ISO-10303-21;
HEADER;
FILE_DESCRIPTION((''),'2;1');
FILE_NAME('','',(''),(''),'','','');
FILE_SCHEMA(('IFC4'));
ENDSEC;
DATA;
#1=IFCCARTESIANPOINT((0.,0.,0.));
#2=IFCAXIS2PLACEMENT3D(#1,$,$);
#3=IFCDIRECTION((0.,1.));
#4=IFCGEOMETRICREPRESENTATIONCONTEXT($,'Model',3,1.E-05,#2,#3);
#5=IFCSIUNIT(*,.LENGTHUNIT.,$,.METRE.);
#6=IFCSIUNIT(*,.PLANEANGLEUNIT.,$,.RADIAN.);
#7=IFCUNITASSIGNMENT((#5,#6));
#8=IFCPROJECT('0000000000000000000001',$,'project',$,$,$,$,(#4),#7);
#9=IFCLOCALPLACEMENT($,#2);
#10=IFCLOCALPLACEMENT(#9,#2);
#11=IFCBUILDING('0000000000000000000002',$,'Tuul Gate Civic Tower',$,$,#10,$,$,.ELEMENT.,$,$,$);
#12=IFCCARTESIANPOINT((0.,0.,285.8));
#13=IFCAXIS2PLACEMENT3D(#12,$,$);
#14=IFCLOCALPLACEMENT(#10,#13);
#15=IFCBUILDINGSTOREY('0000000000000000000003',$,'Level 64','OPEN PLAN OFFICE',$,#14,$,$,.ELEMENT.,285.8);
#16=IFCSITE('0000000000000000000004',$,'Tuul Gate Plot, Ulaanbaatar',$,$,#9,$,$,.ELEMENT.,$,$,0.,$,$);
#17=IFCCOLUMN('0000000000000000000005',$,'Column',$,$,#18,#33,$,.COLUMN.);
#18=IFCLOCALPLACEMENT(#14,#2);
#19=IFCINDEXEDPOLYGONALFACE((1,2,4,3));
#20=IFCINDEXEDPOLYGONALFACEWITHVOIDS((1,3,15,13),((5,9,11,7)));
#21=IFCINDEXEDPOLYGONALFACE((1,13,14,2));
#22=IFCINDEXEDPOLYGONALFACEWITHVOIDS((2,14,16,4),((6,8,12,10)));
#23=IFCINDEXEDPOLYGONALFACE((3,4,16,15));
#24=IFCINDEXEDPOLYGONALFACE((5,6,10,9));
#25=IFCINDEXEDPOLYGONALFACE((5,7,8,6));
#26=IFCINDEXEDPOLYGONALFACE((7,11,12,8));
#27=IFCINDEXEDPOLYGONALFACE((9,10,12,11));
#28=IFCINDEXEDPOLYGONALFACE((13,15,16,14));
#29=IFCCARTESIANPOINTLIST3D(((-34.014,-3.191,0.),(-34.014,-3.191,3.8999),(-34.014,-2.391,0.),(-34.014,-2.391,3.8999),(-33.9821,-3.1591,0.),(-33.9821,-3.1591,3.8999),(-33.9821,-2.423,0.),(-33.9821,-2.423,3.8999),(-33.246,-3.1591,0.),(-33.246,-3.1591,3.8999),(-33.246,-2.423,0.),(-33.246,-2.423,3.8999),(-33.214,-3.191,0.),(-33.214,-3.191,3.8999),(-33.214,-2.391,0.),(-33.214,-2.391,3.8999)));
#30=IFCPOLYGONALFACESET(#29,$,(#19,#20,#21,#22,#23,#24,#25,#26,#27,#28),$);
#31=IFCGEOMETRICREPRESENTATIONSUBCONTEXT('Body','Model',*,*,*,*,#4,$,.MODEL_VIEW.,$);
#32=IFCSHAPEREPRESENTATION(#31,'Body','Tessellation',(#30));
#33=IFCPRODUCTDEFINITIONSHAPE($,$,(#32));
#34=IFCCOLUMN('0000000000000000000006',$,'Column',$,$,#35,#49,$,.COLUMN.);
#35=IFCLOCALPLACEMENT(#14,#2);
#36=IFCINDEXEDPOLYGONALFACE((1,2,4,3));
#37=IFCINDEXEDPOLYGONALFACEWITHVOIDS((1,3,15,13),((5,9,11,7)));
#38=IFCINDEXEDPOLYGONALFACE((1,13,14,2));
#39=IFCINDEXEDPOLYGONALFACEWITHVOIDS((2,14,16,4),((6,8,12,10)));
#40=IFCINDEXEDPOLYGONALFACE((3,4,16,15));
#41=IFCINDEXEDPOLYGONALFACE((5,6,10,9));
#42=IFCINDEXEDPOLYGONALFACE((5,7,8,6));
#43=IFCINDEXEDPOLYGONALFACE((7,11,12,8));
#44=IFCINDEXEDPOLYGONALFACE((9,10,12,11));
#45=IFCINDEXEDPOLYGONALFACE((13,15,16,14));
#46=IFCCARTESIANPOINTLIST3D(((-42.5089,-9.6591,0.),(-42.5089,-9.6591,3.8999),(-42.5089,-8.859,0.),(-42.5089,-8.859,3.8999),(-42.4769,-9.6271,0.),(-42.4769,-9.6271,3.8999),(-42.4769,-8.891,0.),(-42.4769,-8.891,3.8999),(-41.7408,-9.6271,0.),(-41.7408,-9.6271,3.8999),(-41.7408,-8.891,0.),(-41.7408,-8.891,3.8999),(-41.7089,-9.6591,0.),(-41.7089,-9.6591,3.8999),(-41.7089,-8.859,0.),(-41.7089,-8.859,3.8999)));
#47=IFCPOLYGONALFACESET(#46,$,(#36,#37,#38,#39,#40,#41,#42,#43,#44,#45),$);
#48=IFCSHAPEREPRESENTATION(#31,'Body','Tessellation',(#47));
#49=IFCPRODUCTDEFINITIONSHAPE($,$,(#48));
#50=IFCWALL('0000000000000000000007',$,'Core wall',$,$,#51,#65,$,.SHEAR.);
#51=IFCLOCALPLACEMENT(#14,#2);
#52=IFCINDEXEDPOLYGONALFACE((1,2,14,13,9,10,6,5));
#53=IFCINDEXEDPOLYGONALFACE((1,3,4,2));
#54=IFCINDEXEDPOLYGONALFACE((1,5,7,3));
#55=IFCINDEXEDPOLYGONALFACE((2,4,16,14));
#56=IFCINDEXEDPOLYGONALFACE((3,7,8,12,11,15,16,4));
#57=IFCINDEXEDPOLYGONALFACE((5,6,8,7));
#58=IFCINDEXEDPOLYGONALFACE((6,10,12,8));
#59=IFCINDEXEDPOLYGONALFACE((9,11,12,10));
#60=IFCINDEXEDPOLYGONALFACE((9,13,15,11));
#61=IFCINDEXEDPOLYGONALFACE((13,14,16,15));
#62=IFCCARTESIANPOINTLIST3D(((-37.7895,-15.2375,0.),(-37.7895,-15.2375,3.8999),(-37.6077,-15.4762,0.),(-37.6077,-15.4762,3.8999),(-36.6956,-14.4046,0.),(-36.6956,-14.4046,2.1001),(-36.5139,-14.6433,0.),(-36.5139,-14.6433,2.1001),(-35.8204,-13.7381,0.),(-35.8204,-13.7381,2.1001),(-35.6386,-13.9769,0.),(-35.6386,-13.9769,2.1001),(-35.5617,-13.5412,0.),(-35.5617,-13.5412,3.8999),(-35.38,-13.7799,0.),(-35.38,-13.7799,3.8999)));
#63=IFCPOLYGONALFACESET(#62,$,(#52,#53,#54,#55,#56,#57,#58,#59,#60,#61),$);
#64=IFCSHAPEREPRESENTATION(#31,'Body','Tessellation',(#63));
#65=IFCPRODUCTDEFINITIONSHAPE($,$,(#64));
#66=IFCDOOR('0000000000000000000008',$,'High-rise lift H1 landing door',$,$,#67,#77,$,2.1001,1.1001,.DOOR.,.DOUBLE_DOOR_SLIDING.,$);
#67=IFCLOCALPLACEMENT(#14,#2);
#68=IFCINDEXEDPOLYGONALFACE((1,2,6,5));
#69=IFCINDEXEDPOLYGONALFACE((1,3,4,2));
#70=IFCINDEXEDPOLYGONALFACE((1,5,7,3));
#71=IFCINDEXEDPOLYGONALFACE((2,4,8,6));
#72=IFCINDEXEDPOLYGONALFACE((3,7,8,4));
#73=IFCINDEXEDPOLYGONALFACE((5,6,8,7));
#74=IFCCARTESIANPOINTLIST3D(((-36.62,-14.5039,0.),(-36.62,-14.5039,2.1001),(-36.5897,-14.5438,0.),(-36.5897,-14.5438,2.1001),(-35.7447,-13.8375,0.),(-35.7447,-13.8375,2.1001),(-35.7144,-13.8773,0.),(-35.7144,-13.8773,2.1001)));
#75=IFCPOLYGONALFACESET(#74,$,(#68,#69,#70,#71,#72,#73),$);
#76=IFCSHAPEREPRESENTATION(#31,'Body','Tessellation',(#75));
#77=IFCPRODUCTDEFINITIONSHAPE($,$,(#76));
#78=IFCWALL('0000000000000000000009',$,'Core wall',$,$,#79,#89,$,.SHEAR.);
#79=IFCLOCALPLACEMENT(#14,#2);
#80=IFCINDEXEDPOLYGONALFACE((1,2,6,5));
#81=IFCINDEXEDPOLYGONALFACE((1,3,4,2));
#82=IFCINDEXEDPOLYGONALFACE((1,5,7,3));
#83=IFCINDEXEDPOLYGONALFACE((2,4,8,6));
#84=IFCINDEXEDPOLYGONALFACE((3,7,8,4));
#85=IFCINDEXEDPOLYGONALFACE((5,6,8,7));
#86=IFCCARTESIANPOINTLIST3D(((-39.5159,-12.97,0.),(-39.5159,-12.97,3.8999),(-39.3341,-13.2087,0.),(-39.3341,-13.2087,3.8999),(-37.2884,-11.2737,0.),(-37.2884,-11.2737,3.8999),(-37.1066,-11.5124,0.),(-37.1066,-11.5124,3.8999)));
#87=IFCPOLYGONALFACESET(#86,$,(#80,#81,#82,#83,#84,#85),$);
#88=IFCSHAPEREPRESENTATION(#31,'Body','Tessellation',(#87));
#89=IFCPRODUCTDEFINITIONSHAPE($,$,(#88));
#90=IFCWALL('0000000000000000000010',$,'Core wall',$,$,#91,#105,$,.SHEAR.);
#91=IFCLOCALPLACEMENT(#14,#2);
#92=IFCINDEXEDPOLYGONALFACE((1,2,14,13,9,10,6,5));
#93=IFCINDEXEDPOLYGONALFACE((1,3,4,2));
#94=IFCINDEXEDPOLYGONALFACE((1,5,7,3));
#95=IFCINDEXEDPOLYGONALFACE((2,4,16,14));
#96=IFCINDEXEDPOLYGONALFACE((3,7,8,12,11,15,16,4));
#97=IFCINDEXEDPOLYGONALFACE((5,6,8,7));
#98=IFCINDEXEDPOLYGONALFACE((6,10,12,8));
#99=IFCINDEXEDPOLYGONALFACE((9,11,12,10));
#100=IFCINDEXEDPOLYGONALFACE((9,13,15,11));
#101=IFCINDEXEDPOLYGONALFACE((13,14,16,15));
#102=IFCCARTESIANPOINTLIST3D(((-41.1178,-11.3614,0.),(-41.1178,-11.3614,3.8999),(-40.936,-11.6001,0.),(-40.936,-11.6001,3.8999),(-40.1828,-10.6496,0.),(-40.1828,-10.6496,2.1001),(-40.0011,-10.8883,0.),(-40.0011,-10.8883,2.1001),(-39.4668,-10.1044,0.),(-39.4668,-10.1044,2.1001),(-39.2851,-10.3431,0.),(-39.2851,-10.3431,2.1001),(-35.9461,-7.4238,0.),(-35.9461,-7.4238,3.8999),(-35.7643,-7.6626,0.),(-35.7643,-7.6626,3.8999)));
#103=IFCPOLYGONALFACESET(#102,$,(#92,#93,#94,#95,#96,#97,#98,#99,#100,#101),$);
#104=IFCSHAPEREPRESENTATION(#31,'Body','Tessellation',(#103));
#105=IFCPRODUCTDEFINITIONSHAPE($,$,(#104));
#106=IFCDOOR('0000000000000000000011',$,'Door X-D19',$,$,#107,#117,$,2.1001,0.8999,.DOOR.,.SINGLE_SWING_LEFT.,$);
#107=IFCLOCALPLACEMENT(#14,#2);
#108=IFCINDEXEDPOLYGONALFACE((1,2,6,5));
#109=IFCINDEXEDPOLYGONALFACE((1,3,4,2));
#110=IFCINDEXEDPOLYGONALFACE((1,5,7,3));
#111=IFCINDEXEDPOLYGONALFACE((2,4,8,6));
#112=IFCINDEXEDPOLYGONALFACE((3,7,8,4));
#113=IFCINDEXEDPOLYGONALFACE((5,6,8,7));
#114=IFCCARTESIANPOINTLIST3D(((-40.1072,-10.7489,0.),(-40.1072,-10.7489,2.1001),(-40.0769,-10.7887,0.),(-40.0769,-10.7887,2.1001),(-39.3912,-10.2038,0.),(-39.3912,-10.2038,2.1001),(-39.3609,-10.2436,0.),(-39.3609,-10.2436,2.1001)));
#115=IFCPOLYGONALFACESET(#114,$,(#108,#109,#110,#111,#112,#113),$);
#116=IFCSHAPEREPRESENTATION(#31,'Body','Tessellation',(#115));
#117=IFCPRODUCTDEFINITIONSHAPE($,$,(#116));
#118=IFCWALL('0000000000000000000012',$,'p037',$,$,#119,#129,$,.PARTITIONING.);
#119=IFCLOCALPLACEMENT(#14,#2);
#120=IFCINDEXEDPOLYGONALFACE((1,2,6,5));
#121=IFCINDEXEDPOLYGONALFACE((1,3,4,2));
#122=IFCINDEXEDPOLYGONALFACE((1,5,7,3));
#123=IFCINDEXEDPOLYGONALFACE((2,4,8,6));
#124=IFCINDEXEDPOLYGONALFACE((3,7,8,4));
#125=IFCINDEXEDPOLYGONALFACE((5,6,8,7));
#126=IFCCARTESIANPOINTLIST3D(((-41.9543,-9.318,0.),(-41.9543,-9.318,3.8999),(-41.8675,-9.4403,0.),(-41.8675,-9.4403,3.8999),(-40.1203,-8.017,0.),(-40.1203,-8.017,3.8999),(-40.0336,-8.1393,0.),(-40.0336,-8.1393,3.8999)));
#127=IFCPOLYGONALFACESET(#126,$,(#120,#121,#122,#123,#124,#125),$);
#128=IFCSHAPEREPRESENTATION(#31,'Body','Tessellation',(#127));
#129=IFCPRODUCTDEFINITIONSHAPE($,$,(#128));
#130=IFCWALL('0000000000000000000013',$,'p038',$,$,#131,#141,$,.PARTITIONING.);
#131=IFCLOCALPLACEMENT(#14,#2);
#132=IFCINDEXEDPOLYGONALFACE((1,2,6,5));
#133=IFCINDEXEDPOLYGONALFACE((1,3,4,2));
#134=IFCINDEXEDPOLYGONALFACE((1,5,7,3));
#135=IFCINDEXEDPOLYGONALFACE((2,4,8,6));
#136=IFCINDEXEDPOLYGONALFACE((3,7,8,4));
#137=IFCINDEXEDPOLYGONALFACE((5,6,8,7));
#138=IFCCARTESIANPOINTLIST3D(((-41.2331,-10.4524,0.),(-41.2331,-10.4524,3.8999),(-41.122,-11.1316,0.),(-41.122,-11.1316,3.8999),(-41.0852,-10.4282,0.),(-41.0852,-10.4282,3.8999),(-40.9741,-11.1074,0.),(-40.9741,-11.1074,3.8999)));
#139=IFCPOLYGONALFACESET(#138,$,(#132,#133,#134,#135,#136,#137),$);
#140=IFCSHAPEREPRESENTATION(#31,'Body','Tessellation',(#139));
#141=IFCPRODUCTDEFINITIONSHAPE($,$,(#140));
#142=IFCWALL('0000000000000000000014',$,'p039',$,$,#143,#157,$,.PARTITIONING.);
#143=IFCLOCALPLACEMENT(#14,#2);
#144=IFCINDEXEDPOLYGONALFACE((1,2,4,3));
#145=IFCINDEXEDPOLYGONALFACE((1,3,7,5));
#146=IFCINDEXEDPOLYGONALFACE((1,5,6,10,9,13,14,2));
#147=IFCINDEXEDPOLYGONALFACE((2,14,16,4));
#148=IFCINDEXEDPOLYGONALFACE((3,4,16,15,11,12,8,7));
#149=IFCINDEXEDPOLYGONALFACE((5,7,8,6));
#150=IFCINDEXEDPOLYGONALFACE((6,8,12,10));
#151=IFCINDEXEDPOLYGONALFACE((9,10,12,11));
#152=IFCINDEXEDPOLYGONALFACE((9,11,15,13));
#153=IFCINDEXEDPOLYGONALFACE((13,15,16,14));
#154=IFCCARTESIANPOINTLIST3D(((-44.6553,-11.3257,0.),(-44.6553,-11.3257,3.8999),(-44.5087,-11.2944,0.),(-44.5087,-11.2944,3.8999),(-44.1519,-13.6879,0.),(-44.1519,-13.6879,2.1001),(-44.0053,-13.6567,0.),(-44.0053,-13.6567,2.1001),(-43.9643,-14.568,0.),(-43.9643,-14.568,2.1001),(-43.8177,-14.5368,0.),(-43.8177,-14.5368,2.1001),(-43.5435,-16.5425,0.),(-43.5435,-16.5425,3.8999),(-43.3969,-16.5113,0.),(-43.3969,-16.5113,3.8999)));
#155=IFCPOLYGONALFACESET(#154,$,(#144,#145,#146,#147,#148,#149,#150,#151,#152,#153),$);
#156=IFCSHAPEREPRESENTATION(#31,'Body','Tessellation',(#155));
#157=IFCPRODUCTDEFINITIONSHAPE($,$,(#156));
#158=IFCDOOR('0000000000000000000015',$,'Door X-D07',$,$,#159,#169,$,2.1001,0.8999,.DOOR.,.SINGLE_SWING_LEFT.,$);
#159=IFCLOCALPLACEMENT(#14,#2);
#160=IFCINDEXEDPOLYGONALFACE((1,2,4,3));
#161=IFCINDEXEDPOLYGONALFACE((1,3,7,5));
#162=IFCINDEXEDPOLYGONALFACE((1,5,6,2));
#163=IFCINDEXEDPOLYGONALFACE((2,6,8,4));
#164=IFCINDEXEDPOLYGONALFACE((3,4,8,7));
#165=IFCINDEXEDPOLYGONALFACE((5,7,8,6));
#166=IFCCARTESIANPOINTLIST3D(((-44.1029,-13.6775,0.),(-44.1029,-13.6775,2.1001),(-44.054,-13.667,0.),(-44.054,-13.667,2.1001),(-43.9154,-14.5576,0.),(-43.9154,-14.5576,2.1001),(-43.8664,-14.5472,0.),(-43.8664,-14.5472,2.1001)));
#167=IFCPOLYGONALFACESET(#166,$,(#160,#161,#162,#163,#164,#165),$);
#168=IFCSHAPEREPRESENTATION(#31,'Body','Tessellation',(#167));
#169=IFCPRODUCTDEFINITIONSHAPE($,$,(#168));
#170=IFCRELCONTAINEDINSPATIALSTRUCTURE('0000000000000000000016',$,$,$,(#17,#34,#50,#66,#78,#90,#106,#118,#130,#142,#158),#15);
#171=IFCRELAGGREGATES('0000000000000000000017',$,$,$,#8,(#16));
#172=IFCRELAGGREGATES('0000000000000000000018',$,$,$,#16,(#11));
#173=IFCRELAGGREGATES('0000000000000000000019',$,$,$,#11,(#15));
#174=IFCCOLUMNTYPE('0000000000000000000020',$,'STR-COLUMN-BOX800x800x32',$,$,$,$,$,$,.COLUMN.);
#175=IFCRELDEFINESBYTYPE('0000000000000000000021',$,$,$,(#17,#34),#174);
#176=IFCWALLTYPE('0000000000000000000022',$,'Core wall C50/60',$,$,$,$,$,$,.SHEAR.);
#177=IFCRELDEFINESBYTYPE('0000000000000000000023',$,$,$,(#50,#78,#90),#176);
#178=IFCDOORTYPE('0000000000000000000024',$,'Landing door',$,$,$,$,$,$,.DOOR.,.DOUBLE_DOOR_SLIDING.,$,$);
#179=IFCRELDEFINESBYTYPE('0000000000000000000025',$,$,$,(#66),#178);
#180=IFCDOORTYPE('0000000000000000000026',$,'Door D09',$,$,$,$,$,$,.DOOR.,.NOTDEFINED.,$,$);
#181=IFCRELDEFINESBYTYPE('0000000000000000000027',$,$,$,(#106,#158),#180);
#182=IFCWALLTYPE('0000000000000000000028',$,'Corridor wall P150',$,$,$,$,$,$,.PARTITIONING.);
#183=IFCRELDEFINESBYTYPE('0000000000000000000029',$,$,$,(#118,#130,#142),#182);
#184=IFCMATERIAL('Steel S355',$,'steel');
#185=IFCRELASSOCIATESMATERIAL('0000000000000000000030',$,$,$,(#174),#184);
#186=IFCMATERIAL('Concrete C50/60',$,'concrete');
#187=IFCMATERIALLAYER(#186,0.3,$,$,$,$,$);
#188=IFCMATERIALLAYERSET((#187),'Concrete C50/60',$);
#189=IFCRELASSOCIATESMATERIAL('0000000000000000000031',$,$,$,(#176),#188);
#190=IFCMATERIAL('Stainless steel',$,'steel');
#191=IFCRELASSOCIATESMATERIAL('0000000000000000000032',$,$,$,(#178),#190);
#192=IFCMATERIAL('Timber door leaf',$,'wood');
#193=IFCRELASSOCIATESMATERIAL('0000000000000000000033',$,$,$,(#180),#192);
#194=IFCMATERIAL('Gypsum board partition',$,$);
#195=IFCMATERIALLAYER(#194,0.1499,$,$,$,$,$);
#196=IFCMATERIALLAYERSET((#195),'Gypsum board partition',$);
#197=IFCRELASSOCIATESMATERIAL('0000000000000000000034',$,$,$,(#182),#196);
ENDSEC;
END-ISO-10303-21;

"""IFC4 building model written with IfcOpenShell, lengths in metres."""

from ifc_helpers import new_model, si_unit, direction, frame, frame_2d, origin, origin_2d, place, context, subcontext, project, spatial, rectangle, hollow_rectangle, extrude, material, layer, layer_set, material_profile, profile_set, type_object, element, fill, save


model = new_model("IFC4")

# Units and contexts
model_context = context("Model", 3, precision=1e-05, world=origin(), true_north=direction((0.0, 1.0)))
body_context = subcontext(model_context, "Body", "Model", "MODEL_VIEW")
ifc_project = project(units=[si_unit("LENGTHUNIT", "METRE"), si_unit("PLANEANGLEUNIT", "RADIAN")], contexts=[model_context])

# Site, building, storey
site_placement = place(None, origin())
site = spatial("IfcSite", under=ifc_project, at=site_placement, Name="Tuul Gate Plot, Ulaanbaatar", CompositionType="ELEMENT", RefElevation=0.0)
building_placement = place(site_placement, origin())
building = spatial("IfcBuilding", under=site, at=building_placement, Name="Tuul Gate Civic Tower", CompositionType="ELEMENT")
storey_placement = place(building_placement, frame((0.0, 0.0, 285.8)))
storey = spatial("IfcBuildingStorey", under=building, at=storey_placement, Name="Level 64", Description="OPEN PLAN OFFICE", CompositionType="ELEMENT", Elevation=285.8)

# Columns
ifc_material_1 = material(Name="Steel S355", Category="steel")
ifc_material_profile_1 = material_profile(ifc_material_1, hollow_rectangle(XDim=0.8, YDim=0.8, WallThickness=0.032, at=origin_2d()), Name="BOX800x800x32")
ifc_profile_set_1 = profile_set([ifc_material_profile_1], Name="Steel S355")
column_type = type_object("IfcColumnType", Name="STR-COLUMN-BOX800x800x32", PredefinedType="COLUMN", material=ifc_profile_set_1)
for number, where, z_axis, x_axis, name in (
    (1, (-33.614, -2.791, 0.0), (0.0, 0.0, 1.0), (1.0, 0.0, 0.0), "Column"),
    (2, (-42.1089, -9.259, 0.0), (0.0, 0.0, 1.0), (1.0, 0.0, 0.0), "Column"),
):
    element("IfcColumn", number, at=place(storey_placement, frame(where, z_axis=z_axis, x_axis=x_axis)), inside=storey, type_object=column_type, Name=name, PredefinedType="COLUMN", context=body_context, shape_type="SweptSolid", body=[
        extrude(hollow_rectangle(XDim=0.8, YDim=0.8, WallThickness=0.032, at=origin_2d()), origin(), (0.0, 0.0, 1.0), 3.8999),
    ])

# Wall, opening, door
ifc_material_2 = material(Name="Concrete C50/60", Category="concrete")
ifc_layer_1 = layer(ifc_material_2, 0.3)
ifc_layer_set_1 = layer_set([ifc_layer_1], Name="Concrete C50/60")
wall_type_1 = type_object("IfcWallType", Name="Core wall C50/60", PredefinedType="SHEAR", material=ifc_layer_set_1)
wall_1_placement = place(storey_placement, frame((-35.4709, -13.6606, 0.0), z_axis=(0.0, 0.0, 1.0), x_axis=(-0.795616, -0.605802, 0.0)))
wall_1 = element("IfcWall", 3, at=wall_1_placement, inside=storey, type_object=wall_type_1, Name="Core wall", PredefinedType="SHEAR", context=body_context, shape_type="SweptSolid", body=[
    extrude(rectangle(XDim=2.8, YDim=0.3, at=frame_2d((1.3999, 0.0))), origin(), (0.0, 0.0, 1.0), 3.8999),
])
opening_1_placement = place(wall_1_placement, frame((0.325, 0.0, 0.0)))
opening_1 = element("IfcOpeningElement", 4, at=opening_1_placement, cuts=wall_1, PredefinedType="OPENING", context=body_context, shape_type="SweptSolid", body=[
    extrude(rectangle(XDim=1.1001, YDim=2.1001, at=frame_2d((0.55, 1.05))), frame((0.0, 0.1602, 0.0), z_axis=(0.0, -1.0, 0.0), x_axis=(1.0, 0.0, 0.0)), (0.0, 0.0, 1.0), 0.3201),
])
ifc_material_3 = material(Name="Stainless steel", Category="steel")
door_type_1 = type_object("IfcDoorType", Name="Landing door", OperationType="DOUBLE_DOOR_SLIDING", PredefinedType="DOOR", material=ifc_material_3)
door_1_placement = place(opening_1_placement, origin())
door_1 = element("IfcDoor", 5, at=door_1_placement, inside=storey, type_object=door_type_1, Name="High-rise lift H1 landing door", OperationType="DOUBLE_DOOR_SLIDING", OverallHeight=2.1001, OverallWidth=1.1001, PredefinedType="DOOR", context=body_context, shape_type="SweptSolid", body=[
    extrude(rectangle(XDim=1.1001, YDim=2.1001, at=frame_2d((0.55, 1.05))), frame((0.0, 0.0249, 0.0), z_axis=(0.0, -1.0, 0.0), x_axis=(1.0, 0.0, 0.0)), (0.0, 0.0, 1.0), 0.05),
])
fill(opening_1, door_1)

# Wall
wall_2_placement = place(storey_placement, frame((-37.1975, -11.3931, 0.0), z_axis=(0.0, 0.0, 1.0), x_axis=(-0.795584, -0.605844, 0.0)))
element("IfcWall", 6, at=wall_2_placement, inside=storey, type_object=wall_type_1, Name="Core wall", PredefinedType="SHEAR", context=body_context, shape_type="SweptSolid", body=[
    extrude(rectangle(XDim=2.7998, YDim=0.3, at=frame_2d((1.3999, 0.0))), origin(), (0.0, 0.0, 1.0), 3.8999),
])

# Wall, opening, door
wall_3_placement = place(storey_placement, frame((-35.8552, -7.5432, 0.0), z_axis=(0.0, 0.0, 1.0), x_axis=(-0.795639, -0.605772, 0.0)))
wall_3 = element("IfcWall", 7, at=wall_3_placement, inside=storey, type_object=wall_type_1, Name="Core wall", PredefinedType="SHEAR", context=body_context, shape_type="SweptSolid", body=[
    extrude(rectangle(XDim=6.5, YDim=0.3, at=frame_2d((3.25, 0.0))), origin(), (0.0, 0.0, 1.0), 3.8999),
])
opening_2_placement = place(wall_3_placement, frame((4.425, 0.0, 0.0)))
opening_2 = element("IfcOpeningElement", 8, at=opening_2_placement, cuts=wall_3, PredefinedType="OPENING", context=body_context, shape_type="SweptSolid", body=[
    extrude(rectangle(XDim=0.8999, YDim=2.1001, at=frame_2d((0.45, 1.05))), frame((0.0, 0.1602, 0.0), z_axis=(0.0, -1.0, 0.0), x_axis=(1.0, 0.0, 0.0)), (0.0, 0.0, 1.0), 0.3201),
])
ifc_material_4 = material(Name="Timber door leaf", Category="wood")
door_type_2 = type_object("IfcDoorType", Name="Door D09", OperationType="NOTDEFINED", PredefinedType="DOOR", material=ifc_material_4)
door_2_placement = place(opening_2_placement, origin())
door_2 = element("IfcDoor", 9, at=door_2_placement, inside=storey, type_object=door_type_2, Name="Door X-D19", OperationType="SINGLE_SWING_LEFT", OverallHeight=2.1001, OverallWidth=0.8999, PredefinedType="DOOR", context=body_context, shape_type="SweptSolid", body=[
    extrude(rectangle(XDim=0.8999, YDim=2.1001, at=frame_2d((0.45, 1.05))), frame((0.0, 0.0249, 0.0), z_axis=(0.0, -1.0, 0.0), x_axis=(1.0, 0.0, 0.0)), (0.0, 0.0, 1.0), 0.05),
])
fill(opening_2, door_2)

# Walls
ifc_material_5 = material(Name="Gypsum board partition")
ifc_layer_2 = layer(ifc_material_5, 0.1499)
ifc_layer_set_2 = layer_set([ifc_layer_2], Name="Gypsum board partition")
wall_type_2 = type_object("IfcWallType", Name="Corridor wall P150", PredefinedType="PARTITIONING", material=ifc_layer_set_2)
wall_4_placement = place(storey_placement, frame((-41.9109, -9.3792, 0.0), z_axis=(0.0, 0.0, 1.0), x_axis=(0.815615, 0.578596, 0.0)))
element("IfcWall", 10, at=wall_4_placement, inside=storey, type_object=wall_type_2, Name="p037", PredefinedType="PARTITIONING", context=body_context, shape_type="SweptSolid", body=[
    extrude(rectangle(XDim=2.2485, YDim=0.1499, at=frame_2d((1.1243, 0.0))), origin(), (0.0, 0.0, 1.0), 3.8999),
])
wall_5_placement = place(storey_placement, frame((-41.1592, -10.4402, 0.0), z_axis=(0.0, 0.0, 1.0), x_axis=(0.161407, -0.986888, 0.0)))
element("IfcWall", 11, at=wall_5_placement, inside=storey, type_object=wall_type_2, Name="p038", PredefinedType="PARTITIONING", context=body_context, shape_type="SweptSolid", body=[
    extrude(rectangle(XDim=0.6882, YDim=0.1499, at=frame_2d((0.3442, 0.0))), origin(), (0.0, 0.0, 1.0), 3.8999),
])

# Wall, opening, door
wall_6_placement = place(storey_placement, frame((-44.582, -11.3101, 0.0), z_axis=(0.0, 0.0, 1.0), x_axis=(0.208441, -0.978035, 0.0)))
wall_6 = element("IfcWall", 12, at=wall_6_placement, inside=storey, type_object=wall_type_2, Name="p039", PredefinedType="PARTITIONING", context=body_context, shape_type="SweptSolid", body=[
    extrude(rectangle(XDim=5.334, YDim=0.1499, at=frame_2d((2.667, 0.0))), origin(), (0.0, 0.0, 1.0), 3.8999),
])
opening_3_placement = place(wall_6_placement, frame((2.4153, 0.0, 0.0)))
opening_3 = element("IfcOpeningElement", 13, at=opening_3_placement, cuts=wall_6, PredefinedType="OPENING", context=body_context, shape_type="SweptSolid", body=[
    extrude(rectangle(XDim=0.8999, YDim=2.1001, at=frame_2d((0.45, 1.05))), frame((0.0, 0.085, 0.0), z_axis=(0.0, -1.0, 0.0), x_axis=(1.0, 0.0, 0.0)), (0.0, 0.0, 1.0), 0.1699),
])
door_3_placement = place(opening_3_placement, frame((0.8999, 0.0, 0.0), z_axis=(0.0, 0.0, 1.0), x_axis=(-1.0, 0.0, 0.0)))
door_3 = element("IfcDoor", 14, at=door_3_placement, inside=storey, type_object=door_type_2, Name="Door X-D07", OperationType="SINGLE_SWING_LEFT", OverallHeight=2.1001, OverallWidth=0.8999, PredefinedType="DOOR", context=body_context, shape_type="SweptSolid", body=[
    extrude(rectangle(XDim=0.8999, YDim=2.1001, at=frame_2d((0.45, 1.05))), frame((0.0, 0.0249, 0.0), z_axis=(0.0, -1.0, 0.0), x_axis=(1.0, 0.0, 0.0)), (0.0, 0.0, 1.0), 0.05),
])
fill(opening_3, door_3)

save(model, "model.ifc")
